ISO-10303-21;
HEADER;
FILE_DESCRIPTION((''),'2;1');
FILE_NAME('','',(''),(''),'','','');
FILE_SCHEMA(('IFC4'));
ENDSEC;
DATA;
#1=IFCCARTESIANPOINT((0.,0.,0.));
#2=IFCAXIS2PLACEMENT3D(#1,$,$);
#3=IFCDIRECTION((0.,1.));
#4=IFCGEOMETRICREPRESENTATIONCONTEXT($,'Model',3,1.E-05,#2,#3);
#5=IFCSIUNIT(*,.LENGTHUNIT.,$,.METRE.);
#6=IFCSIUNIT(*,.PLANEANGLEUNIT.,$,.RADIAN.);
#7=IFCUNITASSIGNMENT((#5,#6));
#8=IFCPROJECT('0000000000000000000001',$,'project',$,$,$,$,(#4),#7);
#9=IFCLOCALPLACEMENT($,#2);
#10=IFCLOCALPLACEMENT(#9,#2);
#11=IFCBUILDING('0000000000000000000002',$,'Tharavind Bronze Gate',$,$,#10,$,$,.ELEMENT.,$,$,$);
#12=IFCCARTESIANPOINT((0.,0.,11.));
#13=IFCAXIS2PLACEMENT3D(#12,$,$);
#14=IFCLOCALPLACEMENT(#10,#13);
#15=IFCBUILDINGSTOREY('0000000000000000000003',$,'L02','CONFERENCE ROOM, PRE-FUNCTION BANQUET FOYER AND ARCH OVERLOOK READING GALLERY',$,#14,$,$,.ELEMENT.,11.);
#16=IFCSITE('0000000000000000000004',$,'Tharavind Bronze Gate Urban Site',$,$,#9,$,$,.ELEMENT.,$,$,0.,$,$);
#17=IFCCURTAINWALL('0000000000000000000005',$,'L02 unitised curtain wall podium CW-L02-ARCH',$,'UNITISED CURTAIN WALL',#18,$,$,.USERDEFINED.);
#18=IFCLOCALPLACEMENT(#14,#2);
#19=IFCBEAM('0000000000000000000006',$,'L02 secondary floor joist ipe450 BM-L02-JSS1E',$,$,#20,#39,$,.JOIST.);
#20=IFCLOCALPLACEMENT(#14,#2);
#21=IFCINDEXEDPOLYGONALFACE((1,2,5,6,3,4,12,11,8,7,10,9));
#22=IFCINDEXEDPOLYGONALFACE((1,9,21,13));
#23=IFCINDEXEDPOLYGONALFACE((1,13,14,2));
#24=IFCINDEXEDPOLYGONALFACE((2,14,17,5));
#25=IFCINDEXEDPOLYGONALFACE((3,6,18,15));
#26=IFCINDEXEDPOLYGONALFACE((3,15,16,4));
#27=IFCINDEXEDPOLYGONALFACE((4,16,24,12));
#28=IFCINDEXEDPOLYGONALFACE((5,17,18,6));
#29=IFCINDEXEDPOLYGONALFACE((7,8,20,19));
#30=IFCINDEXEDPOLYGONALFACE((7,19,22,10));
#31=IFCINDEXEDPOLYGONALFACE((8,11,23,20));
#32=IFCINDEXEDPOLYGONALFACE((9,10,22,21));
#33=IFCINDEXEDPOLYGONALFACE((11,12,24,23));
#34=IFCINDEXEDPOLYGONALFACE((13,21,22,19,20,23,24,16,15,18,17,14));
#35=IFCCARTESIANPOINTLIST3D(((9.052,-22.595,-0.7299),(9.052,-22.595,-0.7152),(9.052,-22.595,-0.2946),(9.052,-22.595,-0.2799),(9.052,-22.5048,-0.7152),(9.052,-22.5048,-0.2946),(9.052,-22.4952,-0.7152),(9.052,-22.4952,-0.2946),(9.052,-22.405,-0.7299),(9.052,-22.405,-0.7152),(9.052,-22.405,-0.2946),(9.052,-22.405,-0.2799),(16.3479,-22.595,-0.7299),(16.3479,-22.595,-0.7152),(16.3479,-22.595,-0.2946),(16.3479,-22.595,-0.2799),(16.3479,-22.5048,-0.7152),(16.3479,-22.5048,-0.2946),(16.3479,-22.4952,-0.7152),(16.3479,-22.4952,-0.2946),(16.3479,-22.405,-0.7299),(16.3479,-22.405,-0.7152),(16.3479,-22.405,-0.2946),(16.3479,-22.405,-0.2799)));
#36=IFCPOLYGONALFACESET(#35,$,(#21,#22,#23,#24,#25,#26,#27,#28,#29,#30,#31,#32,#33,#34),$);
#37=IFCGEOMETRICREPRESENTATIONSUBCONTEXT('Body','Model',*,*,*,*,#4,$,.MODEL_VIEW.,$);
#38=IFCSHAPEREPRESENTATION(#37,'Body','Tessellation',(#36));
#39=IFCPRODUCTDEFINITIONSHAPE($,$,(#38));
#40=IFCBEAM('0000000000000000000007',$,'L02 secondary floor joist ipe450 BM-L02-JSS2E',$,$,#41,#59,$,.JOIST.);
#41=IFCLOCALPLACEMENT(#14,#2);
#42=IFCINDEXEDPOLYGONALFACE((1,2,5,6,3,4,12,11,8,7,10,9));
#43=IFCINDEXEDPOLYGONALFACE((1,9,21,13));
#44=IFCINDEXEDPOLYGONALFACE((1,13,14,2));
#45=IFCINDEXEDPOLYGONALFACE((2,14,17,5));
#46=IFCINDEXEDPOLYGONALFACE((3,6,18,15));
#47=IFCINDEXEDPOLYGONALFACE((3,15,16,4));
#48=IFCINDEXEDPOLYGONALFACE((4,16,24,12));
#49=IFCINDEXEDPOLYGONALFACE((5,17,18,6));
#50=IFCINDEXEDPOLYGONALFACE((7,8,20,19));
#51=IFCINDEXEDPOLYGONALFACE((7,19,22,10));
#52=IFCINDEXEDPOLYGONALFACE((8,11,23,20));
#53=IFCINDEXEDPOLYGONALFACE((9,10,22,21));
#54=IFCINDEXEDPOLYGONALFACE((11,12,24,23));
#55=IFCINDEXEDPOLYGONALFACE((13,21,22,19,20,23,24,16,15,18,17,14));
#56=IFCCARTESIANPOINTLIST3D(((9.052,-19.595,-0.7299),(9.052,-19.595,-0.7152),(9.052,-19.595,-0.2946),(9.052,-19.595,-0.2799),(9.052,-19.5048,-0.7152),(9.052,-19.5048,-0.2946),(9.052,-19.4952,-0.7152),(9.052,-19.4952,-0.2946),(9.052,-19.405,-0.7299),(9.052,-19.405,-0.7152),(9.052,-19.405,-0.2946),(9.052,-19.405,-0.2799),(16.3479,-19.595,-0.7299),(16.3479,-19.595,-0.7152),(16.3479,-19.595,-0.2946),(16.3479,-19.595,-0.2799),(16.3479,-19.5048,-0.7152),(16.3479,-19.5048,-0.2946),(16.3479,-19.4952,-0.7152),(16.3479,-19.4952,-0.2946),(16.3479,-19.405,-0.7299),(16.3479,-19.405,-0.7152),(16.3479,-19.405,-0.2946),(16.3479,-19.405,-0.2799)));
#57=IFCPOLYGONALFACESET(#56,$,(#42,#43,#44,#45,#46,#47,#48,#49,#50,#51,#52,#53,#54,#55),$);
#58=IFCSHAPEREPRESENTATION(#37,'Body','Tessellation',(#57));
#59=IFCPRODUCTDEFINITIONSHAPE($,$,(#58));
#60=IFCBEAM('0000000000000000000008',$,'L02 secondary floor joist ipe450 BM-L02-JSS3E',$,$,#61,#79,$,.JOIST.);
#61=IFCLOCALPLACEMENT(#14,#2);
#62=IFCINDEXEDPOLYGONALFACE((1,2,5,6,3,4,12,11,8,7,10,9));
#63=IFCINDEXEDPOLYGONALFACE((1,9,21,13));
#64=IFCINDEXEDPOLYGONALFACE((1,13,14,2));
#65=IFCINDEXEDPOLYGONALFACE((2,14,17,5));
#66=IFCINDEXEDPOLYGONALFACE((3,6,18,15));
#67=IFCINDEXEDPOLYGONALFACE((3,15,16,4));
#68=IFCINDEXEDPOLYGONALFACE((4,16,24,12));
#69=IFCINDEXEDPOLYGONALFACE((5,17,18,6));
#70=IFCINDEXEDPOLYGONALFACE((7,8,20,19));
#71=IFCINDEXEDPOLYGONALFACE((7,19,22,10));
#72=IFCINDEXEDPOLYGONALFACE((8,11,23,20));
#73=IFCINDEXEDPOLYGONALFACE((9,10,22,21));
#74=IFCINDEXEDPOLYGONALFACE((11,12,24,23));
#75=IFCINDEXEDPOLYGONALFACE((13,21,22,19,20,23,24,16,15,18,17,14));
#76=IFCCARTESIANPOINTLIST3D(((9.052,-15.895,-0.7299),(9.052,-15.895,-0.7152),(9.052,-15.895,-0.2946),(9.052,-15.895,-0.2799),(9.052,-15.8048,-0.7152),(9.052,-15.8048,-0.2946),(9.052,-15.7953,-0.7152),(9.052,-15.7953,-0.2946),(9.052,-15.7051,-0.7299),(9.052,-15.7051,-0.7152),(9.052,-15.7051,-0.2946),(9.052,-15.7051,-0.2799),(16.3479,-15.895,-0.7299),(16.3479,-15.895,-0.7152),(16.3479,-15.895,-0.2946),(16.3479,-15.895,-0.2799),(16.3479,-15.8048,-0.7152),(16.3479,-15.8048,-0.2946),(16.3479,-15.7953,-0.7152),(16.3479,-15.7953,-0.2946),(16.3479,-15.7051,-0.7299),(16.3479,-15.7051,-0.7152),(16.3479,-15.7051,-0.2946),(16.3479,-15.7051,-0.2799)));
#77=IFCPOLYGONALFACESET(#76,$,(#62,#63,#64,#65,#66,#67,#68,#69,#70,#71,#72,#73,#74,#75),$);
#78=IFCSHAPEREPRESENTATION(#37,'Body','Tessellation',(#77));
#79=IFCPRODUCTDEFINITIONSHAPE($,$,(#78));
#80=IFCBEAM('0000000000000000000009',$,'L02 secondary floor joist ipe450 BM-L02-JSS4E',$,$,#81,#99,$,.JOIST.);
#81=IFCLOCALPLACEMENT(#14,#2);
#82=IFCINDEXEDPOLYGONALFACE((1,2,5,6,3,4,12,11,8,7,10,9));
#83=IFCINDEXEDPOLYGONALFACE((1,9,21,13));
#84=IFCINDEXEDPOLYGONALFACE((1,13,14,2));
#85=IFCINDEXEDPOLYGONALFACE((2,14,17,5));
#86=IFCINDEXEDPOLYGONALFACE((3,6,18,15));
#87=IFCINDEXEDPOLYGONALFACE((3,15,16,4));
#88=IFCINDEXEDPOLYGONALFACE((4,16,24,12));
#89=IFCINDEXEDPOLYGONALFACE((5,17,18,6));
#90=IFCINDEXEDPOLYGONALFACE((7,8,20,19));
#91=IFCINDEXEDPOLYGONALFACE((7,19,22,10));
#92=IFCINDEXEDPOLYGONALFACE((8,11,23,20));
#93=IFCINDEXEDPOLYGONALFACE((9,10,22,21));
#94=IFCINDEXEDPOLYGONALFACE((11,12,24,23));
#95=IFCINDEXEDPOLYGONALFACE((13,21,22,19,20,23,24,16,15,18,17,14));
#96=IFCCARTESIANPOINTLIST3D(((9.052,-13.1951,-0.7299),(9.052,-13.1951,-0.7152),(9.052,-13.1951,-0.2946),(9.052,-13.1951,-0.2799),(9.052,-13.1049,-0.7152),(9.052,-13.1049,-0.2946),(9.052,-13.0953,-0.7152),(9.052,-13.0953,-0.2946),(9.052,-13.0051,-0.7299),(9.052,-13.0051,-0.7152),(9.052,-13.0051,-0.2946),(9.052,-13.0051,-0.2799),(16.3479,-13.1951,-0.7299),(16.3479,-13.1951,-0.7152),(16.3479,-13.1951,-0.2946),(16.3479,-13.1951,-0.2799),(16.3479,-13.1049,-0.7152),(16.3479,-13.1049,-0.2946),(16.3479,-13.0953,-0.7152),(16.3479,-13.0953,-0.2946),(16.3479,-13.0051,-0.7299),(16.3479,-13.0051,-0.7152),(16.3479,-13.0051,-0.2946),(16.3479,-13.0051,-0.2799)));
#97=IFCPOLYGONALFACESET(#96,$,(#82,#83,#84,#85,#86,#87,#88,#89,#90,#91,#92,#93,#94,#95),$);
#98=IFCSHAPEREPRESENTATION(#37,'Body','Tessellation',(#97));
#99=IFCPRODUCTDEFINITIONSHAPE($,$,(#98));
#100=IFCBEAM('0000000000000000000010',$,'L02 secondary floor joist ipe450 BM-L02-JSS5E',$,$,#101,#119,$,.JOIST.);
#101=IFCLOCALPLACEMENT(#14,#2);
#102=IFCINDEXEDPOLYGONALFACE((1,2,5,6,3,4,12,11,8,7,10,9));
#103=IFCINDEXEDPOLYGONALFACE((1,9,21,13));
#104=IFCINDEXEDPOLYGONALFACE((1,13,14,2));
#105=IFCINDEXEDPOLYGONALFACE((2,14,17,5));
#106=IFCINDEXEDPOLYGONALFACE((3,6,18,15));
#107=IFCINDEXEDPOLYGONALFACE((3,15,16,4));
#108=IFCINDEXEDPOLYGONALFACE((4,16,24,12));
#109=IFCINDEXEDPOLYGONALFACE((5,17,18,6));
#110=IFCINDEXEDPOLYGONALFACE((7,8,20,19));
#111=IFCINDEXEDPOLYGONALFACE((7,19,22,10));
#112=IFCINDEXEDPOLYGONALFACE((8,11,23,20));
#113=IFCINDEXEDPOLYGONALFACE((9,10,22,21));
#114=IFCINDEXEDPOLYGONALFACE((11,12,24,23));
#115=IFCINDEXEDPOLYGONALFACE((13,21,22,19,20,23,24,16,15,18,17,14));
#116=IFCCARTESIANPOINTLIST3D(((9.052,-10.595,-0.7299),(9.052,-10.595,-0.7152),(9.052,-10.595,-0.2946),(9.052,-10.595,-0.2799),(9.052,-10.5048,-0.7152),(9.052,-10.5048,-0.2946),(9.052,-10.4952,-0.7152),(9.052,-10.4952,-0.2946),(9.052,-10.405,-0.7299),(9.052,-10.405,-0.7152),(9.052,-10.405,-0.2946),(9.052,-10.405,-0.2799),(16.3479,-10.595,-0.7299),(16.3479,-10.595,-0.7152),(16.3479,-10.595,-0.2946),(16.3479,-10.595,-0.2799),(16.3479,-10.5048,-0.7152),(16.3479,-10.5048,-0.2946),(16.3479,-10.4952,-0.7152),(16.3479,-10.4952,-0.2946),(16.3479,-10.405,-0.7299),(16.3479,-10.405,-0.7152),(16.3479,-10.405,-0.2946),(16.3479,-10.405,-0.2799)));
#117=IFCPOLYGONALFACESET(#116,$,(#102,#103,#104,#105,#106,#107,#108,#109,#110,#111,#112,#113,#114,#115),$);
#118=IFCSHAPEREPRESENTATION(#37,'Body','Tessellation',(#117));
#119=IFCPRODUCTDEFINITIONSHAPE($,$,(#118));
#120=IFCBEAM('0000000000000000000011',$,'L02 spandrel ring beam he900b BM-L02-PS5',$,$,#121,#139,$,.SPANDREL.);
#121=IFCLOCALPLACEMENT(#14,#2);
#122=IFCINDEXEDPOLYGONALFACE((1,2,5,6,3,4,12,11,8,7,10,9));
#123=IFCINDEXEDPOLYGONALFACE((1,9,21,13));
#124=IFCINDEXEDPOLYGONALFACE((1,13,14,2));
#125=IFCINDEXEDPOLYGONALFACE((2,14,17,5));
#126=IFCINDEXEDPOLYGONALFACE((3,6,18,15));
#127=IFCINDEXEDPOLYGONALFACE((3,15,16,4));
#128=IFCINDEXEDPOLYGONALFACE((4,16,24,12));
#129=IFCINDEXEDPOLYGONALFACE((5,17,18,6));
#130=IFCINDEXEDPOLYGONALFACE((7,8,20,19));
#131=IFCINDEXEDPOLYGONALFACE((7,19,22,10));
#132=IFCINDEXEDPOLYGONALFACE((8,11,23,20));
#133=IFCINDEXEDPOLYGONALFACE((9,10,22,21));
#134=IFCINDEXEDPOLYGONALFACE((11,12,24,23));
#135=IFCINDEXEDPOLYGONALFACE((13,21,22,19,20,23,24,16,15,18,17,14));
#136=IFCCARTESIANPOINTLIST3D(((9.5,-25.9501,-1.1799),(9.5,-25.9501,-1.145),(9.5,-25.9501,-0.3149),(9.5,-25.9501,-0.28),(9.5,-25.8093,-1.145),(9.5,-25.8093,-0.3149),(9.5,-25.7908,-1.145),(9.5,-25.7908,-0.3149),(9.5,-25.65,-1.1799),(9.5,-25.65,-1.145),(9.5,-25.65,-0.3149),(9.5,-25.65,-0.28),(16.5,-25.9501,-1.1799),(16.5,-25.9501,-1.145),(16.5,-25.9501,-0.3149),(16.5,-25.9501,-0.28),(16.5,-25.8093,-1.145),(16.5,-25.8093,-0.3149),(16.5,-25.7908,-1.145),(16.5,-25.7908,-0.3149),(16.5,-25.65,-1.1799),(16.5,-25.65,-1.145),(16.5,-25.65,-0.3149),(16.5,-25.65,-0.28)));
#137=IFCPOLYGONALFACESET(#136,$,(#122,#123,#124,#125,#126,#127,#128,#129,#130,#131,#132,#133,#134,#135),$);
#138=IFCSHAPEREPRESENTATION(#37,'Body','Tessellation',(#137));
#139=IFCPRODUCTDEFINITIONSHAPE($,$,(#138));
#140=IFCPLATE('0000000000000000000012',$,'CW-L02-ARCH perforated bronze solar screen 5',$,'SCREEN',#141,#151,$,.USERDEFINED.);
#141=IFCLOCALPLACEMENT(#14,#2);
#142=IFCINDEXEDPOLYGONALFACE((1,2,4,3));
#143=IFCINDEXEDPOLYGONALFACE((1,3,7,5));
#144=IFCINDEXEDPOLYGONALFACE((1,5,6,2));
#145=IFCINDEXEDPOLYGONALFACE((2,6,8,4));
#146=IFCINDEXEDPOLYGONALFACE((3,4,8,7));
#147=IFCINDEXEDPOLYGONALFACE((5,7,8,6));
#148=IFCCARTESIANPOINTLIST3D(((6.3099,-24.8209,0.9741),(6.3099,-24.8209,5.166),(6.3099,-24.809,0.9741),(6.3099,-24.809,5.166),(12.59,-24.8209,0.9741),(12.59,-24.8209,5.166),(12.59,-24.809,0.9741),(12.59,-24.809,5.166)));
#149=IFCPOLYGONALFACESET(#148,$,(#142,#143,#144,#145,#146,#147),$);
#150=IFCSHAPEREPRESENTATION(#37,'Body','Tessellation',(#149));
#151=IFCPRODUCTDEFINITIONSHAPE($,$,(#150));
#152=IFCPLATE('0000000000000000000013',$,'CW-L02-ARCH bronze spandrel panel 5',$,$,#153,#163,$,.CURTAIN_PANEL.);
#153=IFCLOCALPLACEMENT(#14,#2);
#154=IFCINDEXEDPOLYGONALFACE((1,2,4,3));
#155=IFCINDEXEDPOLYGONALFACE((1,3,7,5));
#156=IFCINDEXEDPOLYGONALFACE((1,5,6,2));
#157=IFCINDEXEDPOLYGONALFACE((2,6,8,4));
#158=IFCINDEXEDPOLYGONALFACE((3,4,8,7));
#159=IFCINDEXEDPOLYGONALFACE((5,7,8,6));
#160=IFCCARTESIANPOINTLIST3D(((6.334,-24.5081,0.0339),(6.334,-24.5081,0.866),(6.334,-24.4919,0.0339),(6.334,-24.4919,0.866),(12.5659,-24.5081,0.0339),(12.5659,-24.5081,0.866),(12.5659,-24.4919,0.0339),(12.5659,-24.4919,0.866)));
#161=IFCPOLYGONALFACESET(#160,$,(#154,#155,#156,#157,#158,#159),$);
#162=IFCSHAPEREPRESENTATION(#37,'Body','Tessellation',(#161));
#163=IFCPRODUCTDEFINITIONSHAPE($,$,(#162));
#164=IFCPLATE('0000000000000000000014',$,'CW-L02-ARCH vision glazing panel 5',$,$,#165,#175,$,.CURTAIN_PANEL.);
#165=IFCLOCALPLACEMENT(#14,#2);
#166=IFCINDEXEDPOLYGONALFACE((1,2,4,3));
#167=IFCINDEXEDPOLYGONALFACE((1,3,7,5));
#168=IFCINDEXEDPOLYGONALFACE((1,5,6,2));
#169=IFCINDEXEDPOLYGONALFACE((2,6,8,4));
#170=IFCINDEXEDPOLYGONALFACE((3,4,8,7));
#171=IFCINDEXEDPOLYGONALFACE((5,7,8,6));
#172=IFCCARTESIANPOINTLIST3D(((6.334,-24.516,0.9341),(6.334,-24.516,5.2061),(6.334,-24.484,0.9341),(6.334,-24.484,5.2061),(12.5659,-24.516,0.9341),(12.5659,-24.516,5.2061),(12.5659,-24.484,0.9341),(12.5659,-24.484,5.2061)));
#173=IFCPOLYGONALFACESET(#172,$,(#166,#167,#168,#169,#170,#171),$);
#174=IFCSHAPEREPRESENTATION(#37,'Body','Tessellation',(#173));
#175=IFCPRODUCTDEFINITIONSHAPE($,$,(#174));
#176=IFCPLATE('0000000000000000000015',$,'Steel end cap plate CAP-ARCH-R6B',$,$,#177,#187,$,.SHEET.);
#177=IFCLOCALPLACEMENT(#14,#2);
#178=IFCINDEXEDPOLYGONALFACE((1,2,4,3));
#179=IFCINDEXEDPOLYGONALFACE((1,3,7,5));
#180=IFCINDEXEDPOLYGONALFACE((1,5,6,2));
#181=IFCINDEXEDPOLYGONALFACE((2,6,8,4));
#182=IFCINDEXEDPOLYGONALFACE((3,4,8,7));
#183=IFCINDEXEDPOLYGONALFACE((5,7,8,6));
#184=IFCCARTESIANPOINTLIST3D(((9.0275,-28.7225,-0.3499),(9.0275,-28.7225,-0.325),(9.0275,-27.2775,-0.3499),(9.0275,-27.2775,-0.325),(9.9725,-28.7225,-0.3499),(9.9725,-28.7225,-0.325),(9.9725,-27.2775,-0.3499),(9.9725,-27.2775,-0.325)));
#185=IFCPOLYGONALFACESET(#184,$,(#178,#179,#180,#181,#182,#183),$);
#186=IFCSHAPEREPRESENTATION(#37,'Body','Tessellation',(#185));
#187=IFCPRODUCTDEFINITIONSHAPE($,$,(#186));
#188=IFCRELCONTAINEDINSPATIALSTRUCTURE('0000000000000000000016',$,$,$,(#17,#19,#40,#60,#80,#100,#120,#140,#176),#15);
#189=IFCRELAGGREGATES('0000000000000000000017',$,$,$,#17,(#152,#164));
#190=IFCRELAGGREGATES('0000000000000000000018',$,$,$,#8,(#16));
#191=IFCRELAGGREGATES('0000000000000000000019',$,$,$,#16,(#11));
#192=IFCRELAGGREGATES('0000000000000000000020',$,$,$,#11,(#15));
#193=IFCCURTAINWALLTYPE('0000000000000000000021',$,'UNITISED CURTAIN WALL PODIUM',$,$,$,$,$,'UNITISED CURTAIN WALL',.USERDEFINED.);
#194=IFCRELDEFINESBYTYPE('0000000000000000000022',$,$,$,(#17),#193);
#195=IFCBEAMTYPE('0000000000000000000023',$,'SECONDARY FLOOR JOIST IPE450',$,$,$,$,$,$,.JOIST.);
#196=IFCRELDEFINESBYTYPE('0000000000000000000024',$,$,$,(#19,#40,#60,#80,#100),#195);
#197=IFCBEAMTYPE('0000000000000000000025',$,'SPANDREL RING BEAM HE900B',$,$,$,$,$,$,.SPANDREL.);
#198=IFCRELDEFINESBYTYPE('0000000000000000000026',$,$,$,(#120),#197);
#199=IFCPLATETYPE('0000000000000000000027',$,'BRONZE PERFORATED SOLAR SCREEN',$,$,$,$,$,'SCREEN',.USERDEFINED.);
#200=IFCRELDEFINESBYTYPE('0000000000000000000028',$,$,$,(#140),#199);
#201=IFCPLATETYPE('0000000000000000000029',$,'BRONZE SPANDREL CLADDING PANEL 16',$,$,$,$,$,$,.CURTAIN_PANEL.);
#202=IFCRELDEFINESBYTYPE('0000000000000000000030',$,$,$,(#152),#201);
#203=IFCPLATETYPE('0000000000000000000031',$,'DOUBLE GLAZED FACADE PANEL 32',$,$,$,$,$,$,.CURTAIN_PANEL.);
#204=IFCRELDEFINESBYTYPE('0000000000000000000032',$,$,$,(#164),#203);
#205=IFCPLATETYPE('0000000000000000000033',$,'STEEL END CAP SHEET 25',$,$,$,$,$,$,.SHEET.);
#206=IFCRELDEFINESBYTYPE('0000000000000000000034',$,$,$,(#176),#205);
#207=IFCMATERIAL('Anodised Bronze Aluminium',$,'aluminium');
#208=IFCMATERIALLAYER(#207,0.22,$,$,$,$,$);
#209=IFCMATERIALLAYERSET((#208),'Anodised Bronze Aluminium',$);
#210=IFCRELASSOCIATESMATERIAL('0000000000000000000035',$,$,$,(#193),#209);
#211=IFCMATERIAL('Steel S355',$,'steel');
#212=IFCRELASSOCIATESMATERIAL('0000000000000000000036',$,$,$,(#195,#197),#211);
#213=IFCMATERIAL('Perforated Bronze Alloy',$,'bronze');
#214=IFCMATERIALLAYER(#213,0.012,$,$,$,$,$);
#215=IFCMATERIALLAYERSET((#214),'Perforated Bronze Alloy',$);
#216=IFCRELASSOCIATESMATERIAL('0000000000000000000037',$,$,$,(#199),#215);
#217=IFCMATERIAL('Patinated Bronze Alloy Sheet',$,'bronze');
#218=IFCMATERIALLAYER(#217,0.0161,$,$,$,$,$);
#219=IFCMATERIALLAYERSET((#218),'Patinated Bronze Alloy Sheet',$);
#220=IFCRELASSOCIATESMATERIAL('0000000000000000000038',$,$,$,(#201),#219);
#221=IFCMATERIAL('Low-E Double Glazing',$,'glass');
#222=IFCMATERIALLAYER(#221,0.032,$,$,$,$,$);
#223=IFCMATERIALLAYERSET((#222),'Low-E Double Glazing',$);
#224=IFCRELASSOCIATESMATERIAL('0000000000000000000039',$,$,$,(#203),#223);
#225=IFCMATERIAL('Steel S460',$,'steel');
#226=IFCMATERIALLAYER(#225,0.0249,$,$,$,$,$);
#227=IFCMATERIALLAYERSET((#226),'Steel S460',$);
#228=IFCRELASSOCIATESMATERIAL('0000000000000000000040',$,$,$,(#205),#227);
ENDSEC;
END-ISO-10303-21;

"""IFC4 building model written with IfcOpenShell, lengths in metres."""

from ifc_helpers import new_model, si_unit, direction, frame, origin, origin_2d, place, context, subcontext, project, spatial, rectangle, i_section, extrude, material, layer, layer_set, material_profile, profile_set, type_object, element, aggregate, save


model = new_model("IFC4")

# Units and contexts
model_context = context("Model", 3, precision=1e-05, world=origin(), true_north=direction((0.0, 1.0)))
body_context = subcontext(model_context, "Body", "Model", "MODEL_VIEW")
ifc_project = project(units=[si_unit("LENGTHUNIT", "METRE"), si_unit("PLANEANGLEUNIT", "RADIAN")], contexts=[model_context])

# Site, building, storey
site_placement = place(None, origin())
site = spatial("IfcSite", under=ifc_project, at=site_placement, Name="Tharavind Bronze Gate Urban Site", CompositionType="ELEMENT", RefElevation=0.0)
building_placement = place(site_placement, origin())
building = spatial("IfcBuilding", under=site, at=building_placement, Name="Tharavind Bronze Gate", CompositionType="ELEMENT")
storey_placement = place(building_placement, frame((0.0, 0.0, 11.0)))
storey = spatial("IfcBuildingStorey", under=building, at=storey_placement, Name="L02", Description="CONFERENCE ROOM, PRE-FUNCTION BANQUET FOYER AND ARCH OVERLOOK READING GALLERY", CompositionType="ELEMENT", Elevation=11.0)

# Shared definitions
ifc_material_1 = material(Name="Steel S460", Category="steel")

# Curtain wall
ifc_material_2 = material(Name="Anodised Bronze Aluminium", Category="aluminium")
ifc_layer_1 = layer(ifc_material_2, 0.22)
ifc_layer_set_1 = layer_set([ifc_layer_1], Name="Anodised Bronze Aluminium")
curtain_wall_type = type_object("IfcCurtainWallType", Name="UNITISED CURTAIN WALL PODIUM", ElementType="UNITISED CURTAIN WALL", PredefinedType="USERDEFINED", material=ifc_layer_set_1)
curtain_wall_placement = place(storey_placement, origin())
curtain_wall = element("IfcCurtainWall", 1, at=curtain_wall_placement, inside=storey, type_object=curtain_wall_type, Name="L02 unitised curtain wall podium CW-L02-ARCH", ObjectType="UNITISED CURTAIN WALL", PredefinedType="USERDEFINED")

# Beams
ifc_material_3 = material(Name="Steel S355", Category="steel")
ifc_material_profile_1 = material_profile(ifc_material_3, i_section(OverallWidth=0.1899, OverallDepth=0.45, WebThickness=0.0095, FlangeThickness=0.0146, at=origin_2d()), Name="IPE450")
ifc_profile_set_1 = profile_set([ifc_material_profile_1], Name="Steel S355")
beam_type_1 = type_object("IfcBeamType", Name="SECONDARY FLOOR JOIST IPE450", PredefinedType="JOIST", material=ifc_profile_set_1)
for number, where, z_axis, x_axis, name in (
    (2, (9.052, -22.5, -0.5049), (1.0, 0.0, 0.0), (0.0, 1.0, 0.0), "L02 secondary floor joist ipe450 BM-L02-JSS1E"),
    (3, (9.052, -19.5, -0.5049), (1.0, 0.0, 0.0), (0.0, 1.0, 0.0), "L02 secondary floor joist ipe450 BM-L02-JSS2E"),
    (4, (9.052, -15.8, -0.5049), (1.0, 0.0, 0.0), (0.0, 1.0, 0.0), "L02 secondary floor joist ipe450 BM-L02-JSS3E"),
    (5, (9.052, -13.1001, -0.5049), (1.0, 0.0, 0.0), (0.0, 1.0, 0.0), "L02 secondary floor joist ipe450 BM-L02-JSS4E"),
    (6, (9.052, -10.5, -0.5049), (1.0, 0.0, 0.0), (0.0, 1.0, 0.0), "L02 secondary floor joist ipe450 BM-L02-JSS5E"),
):
    element("IfcBeam", number, at=place(storey_placement, frame(where, z_axis=z_axis, x_axis=x_axis)), inside=storey, type_object=beam_type_1, Name=name, PredefinedType="JOIST", context=body_context, shape_type="SweptSolid", body=[
        extrude(i_section(OverallWidth=0.1899, OverallDepth=0.45, WebThickness=0.0095, FlangeThickness=0.0146, at=origin_2d()), origin(), (0.0, 0.0, 1.0), 7.2959),
    ])
ifc_material_profile_2 = material_profile(ifc_material_3, i_section(OverallWidth=0.3, OverallDepth=0.8999, WebThickness=0.0186, FlangeThickness=0.0349, at=origin_2d()), Name="HE900B")
ifc_profile_set_2 = profile_set([ifc_material_profile_2], Name="Steel S355")
beam_type_2 = type_object("IfcBeamType", Name="SPANDREL RING BEAM HE900B", PredefinedType="SPANDREL", material=ifc_profile_set_2)
beam_1_placement = place(storey_placement, frame((9.5, -25.8, -0.73), z_axis=(1.0, 0.0, 0.0), x_axis=(0.0, 1.0, 0.0)))
element("IfcBeam", 7, at=beam_1_placement, inside=storey, type_object=beam_type_2, Name="L02 spandrel ring beam he900b BM-L02-PS5", PredefinedType="SPANDREL", context=body_context, shape_type="SweptSolid", body=[
    extrude(i_section(OverallWidth=0.3, OverallDepth=0.8999, WebThickness=0.0186, FlangeThickness=0.0349, at=origin_2d()), origin(), (0.0, 0.0, 1.0), 7.0),
])

# Plates
ifc_material_4 = material(Name="Perforated Bronze Alloy", Category="bronze")
ifc_layer_2 = layer(ifc_material_4, 0.012)
ifc_layer_set_2 = layer_set([ifc_layer_2], Name="Perforated Bronze Alloy")
plate_type_1 = type_object("IfcPlateType", Name="BRONZE PERFORATED SOLAR SCREEN", ElementType="SCREEN", PredefinedType="USERDEFINED", material=ifc_layer_set_2)
plate_1_placement = place(storey_placement, frame((9.45, -24.8149, 0.9741), z_axis=(0.0, 0.0, 1.0), x_axis=(1.0, 0.0, 0.0)))
element("IfcPlate", 8, at=plate_1_placement, inside=storey, type_object=plate_type_1, Name="CW-L02-ARCH perforated bronze solar screen 5", ObjectType="SCREEN", PredefinedType="USERDEFINED", context=body_context, shape_type="SweptSolid", body=[
    extrude(rectangle(XDim=6.28, YDim=0.012, at=origin_2d()), origin(), (0.0, 0.0, 1.0), 4.1919),
])
ifc_material_5 = material(Name="Patinated Bronze Alloy Sheet", Category="bronze")
ifc_layer_3 = layer(ifc_material_5, 0.0161)
ifc_layer_set_3 = layer_set([ifc_layer_3], Name="Patinated Bronze Alloy Sheet")
plate_type_2 = type_object("IfcPlateType", Name="BRONZE SPANDREL CLADDING PANEL 16", PredefinedType="CURTAIN_PANEL", material=ifc_layer_set_3)
plate_2_placement = place(storey_placement, frame((9.45, -24.5, 0.0339), z_axis=(0.0, 0.0, 1.0), x_axis=(1.0, 0.0, 0.0)))
plate_2 = element("IfcPlate", 9, at=plate_2_placement, type_object=plate_type_2, Name="CW-L02-ARCH bronze spandrel panel 5", PredefinedType="CURTAIN_PANEL", context=body_context, shape_type="SweptSolid", body=[
    extrude(rectangle(XDim=6.2319, YDim=0.0161, at=origin_2d()), origin(), (0.0, 0.0, 1.0), 0.832),
])
ifc_material_6 = material(Name="Low-E Double Glazing", Category="glass")
ifc_layer_4 = layer(ifc_material_6, 0.032)
ifc_layer_set_4 = layer_set([ifc_layer_4], Name="Low-E Double Glazing")
plate_type_3 = type_object("IfcPlateType", Name="DOUBLE GLAZED FACADE PANEL 32", PredefinedType="CURTAIN_PANEL", material=ifc_layer_set_4)
plate_3_placement = place(storey_placement, frame((9.45, -24.5, 0.9341), z_axis=(0.0, 0.0, 1.0), x_axis=(1.0, 0.0, 0.0)))
plate_3 = element("IfcPlate", 10, at=plate_3_placement, type_object=plate_type_3, Name="CW-L02-ARCH vision glazing panel 5", PredefinedType="CURTAIN_PANEL", context=body_context, shape_type="SweptSolid", body=[
    extrude(rectangle(XDim=6.2319, YDim=0.032, at=origin_2d()), origin(), (0.0, 0.0, 1.0), 4.272),
])
aggregate(curtain_wall, [plate_2, plate_3])
ifc_layer_5 = layer(ifc_material_1, 0.0249)
ifc_layer_set_5 = layer_set([ifc_layer_5], Name="Steel S460")
plate_type_4 = type_object("IfcPlateType", Name="STEEL END CAP SHEET 25", PredefinedType="SHEET", material=ifc_layer_set_5)
plate_4_placement = place(storey_placement, frame((9.5, -28.0, -0.3499), z_axis=(0.0, 0.0, 1.0), x_axis=(1.0, 0.0, 0.0)))
element("IfcPlate", 11, at=plate_4_placement, inside=storey, type_object=plate_type_4, Name="Steel end cap plate CAP-ARCH-R6B", PredefinedType="SHEET", context=body_context, shape_type="SweptSolid", body=[
    extrude(rectangle(XDim=0.9451, YDim=1.4451, at=origin_2d()), origin(), (0.0, 0.0, 1.0), 0.0249),
])

save(model, "model.ifc")
